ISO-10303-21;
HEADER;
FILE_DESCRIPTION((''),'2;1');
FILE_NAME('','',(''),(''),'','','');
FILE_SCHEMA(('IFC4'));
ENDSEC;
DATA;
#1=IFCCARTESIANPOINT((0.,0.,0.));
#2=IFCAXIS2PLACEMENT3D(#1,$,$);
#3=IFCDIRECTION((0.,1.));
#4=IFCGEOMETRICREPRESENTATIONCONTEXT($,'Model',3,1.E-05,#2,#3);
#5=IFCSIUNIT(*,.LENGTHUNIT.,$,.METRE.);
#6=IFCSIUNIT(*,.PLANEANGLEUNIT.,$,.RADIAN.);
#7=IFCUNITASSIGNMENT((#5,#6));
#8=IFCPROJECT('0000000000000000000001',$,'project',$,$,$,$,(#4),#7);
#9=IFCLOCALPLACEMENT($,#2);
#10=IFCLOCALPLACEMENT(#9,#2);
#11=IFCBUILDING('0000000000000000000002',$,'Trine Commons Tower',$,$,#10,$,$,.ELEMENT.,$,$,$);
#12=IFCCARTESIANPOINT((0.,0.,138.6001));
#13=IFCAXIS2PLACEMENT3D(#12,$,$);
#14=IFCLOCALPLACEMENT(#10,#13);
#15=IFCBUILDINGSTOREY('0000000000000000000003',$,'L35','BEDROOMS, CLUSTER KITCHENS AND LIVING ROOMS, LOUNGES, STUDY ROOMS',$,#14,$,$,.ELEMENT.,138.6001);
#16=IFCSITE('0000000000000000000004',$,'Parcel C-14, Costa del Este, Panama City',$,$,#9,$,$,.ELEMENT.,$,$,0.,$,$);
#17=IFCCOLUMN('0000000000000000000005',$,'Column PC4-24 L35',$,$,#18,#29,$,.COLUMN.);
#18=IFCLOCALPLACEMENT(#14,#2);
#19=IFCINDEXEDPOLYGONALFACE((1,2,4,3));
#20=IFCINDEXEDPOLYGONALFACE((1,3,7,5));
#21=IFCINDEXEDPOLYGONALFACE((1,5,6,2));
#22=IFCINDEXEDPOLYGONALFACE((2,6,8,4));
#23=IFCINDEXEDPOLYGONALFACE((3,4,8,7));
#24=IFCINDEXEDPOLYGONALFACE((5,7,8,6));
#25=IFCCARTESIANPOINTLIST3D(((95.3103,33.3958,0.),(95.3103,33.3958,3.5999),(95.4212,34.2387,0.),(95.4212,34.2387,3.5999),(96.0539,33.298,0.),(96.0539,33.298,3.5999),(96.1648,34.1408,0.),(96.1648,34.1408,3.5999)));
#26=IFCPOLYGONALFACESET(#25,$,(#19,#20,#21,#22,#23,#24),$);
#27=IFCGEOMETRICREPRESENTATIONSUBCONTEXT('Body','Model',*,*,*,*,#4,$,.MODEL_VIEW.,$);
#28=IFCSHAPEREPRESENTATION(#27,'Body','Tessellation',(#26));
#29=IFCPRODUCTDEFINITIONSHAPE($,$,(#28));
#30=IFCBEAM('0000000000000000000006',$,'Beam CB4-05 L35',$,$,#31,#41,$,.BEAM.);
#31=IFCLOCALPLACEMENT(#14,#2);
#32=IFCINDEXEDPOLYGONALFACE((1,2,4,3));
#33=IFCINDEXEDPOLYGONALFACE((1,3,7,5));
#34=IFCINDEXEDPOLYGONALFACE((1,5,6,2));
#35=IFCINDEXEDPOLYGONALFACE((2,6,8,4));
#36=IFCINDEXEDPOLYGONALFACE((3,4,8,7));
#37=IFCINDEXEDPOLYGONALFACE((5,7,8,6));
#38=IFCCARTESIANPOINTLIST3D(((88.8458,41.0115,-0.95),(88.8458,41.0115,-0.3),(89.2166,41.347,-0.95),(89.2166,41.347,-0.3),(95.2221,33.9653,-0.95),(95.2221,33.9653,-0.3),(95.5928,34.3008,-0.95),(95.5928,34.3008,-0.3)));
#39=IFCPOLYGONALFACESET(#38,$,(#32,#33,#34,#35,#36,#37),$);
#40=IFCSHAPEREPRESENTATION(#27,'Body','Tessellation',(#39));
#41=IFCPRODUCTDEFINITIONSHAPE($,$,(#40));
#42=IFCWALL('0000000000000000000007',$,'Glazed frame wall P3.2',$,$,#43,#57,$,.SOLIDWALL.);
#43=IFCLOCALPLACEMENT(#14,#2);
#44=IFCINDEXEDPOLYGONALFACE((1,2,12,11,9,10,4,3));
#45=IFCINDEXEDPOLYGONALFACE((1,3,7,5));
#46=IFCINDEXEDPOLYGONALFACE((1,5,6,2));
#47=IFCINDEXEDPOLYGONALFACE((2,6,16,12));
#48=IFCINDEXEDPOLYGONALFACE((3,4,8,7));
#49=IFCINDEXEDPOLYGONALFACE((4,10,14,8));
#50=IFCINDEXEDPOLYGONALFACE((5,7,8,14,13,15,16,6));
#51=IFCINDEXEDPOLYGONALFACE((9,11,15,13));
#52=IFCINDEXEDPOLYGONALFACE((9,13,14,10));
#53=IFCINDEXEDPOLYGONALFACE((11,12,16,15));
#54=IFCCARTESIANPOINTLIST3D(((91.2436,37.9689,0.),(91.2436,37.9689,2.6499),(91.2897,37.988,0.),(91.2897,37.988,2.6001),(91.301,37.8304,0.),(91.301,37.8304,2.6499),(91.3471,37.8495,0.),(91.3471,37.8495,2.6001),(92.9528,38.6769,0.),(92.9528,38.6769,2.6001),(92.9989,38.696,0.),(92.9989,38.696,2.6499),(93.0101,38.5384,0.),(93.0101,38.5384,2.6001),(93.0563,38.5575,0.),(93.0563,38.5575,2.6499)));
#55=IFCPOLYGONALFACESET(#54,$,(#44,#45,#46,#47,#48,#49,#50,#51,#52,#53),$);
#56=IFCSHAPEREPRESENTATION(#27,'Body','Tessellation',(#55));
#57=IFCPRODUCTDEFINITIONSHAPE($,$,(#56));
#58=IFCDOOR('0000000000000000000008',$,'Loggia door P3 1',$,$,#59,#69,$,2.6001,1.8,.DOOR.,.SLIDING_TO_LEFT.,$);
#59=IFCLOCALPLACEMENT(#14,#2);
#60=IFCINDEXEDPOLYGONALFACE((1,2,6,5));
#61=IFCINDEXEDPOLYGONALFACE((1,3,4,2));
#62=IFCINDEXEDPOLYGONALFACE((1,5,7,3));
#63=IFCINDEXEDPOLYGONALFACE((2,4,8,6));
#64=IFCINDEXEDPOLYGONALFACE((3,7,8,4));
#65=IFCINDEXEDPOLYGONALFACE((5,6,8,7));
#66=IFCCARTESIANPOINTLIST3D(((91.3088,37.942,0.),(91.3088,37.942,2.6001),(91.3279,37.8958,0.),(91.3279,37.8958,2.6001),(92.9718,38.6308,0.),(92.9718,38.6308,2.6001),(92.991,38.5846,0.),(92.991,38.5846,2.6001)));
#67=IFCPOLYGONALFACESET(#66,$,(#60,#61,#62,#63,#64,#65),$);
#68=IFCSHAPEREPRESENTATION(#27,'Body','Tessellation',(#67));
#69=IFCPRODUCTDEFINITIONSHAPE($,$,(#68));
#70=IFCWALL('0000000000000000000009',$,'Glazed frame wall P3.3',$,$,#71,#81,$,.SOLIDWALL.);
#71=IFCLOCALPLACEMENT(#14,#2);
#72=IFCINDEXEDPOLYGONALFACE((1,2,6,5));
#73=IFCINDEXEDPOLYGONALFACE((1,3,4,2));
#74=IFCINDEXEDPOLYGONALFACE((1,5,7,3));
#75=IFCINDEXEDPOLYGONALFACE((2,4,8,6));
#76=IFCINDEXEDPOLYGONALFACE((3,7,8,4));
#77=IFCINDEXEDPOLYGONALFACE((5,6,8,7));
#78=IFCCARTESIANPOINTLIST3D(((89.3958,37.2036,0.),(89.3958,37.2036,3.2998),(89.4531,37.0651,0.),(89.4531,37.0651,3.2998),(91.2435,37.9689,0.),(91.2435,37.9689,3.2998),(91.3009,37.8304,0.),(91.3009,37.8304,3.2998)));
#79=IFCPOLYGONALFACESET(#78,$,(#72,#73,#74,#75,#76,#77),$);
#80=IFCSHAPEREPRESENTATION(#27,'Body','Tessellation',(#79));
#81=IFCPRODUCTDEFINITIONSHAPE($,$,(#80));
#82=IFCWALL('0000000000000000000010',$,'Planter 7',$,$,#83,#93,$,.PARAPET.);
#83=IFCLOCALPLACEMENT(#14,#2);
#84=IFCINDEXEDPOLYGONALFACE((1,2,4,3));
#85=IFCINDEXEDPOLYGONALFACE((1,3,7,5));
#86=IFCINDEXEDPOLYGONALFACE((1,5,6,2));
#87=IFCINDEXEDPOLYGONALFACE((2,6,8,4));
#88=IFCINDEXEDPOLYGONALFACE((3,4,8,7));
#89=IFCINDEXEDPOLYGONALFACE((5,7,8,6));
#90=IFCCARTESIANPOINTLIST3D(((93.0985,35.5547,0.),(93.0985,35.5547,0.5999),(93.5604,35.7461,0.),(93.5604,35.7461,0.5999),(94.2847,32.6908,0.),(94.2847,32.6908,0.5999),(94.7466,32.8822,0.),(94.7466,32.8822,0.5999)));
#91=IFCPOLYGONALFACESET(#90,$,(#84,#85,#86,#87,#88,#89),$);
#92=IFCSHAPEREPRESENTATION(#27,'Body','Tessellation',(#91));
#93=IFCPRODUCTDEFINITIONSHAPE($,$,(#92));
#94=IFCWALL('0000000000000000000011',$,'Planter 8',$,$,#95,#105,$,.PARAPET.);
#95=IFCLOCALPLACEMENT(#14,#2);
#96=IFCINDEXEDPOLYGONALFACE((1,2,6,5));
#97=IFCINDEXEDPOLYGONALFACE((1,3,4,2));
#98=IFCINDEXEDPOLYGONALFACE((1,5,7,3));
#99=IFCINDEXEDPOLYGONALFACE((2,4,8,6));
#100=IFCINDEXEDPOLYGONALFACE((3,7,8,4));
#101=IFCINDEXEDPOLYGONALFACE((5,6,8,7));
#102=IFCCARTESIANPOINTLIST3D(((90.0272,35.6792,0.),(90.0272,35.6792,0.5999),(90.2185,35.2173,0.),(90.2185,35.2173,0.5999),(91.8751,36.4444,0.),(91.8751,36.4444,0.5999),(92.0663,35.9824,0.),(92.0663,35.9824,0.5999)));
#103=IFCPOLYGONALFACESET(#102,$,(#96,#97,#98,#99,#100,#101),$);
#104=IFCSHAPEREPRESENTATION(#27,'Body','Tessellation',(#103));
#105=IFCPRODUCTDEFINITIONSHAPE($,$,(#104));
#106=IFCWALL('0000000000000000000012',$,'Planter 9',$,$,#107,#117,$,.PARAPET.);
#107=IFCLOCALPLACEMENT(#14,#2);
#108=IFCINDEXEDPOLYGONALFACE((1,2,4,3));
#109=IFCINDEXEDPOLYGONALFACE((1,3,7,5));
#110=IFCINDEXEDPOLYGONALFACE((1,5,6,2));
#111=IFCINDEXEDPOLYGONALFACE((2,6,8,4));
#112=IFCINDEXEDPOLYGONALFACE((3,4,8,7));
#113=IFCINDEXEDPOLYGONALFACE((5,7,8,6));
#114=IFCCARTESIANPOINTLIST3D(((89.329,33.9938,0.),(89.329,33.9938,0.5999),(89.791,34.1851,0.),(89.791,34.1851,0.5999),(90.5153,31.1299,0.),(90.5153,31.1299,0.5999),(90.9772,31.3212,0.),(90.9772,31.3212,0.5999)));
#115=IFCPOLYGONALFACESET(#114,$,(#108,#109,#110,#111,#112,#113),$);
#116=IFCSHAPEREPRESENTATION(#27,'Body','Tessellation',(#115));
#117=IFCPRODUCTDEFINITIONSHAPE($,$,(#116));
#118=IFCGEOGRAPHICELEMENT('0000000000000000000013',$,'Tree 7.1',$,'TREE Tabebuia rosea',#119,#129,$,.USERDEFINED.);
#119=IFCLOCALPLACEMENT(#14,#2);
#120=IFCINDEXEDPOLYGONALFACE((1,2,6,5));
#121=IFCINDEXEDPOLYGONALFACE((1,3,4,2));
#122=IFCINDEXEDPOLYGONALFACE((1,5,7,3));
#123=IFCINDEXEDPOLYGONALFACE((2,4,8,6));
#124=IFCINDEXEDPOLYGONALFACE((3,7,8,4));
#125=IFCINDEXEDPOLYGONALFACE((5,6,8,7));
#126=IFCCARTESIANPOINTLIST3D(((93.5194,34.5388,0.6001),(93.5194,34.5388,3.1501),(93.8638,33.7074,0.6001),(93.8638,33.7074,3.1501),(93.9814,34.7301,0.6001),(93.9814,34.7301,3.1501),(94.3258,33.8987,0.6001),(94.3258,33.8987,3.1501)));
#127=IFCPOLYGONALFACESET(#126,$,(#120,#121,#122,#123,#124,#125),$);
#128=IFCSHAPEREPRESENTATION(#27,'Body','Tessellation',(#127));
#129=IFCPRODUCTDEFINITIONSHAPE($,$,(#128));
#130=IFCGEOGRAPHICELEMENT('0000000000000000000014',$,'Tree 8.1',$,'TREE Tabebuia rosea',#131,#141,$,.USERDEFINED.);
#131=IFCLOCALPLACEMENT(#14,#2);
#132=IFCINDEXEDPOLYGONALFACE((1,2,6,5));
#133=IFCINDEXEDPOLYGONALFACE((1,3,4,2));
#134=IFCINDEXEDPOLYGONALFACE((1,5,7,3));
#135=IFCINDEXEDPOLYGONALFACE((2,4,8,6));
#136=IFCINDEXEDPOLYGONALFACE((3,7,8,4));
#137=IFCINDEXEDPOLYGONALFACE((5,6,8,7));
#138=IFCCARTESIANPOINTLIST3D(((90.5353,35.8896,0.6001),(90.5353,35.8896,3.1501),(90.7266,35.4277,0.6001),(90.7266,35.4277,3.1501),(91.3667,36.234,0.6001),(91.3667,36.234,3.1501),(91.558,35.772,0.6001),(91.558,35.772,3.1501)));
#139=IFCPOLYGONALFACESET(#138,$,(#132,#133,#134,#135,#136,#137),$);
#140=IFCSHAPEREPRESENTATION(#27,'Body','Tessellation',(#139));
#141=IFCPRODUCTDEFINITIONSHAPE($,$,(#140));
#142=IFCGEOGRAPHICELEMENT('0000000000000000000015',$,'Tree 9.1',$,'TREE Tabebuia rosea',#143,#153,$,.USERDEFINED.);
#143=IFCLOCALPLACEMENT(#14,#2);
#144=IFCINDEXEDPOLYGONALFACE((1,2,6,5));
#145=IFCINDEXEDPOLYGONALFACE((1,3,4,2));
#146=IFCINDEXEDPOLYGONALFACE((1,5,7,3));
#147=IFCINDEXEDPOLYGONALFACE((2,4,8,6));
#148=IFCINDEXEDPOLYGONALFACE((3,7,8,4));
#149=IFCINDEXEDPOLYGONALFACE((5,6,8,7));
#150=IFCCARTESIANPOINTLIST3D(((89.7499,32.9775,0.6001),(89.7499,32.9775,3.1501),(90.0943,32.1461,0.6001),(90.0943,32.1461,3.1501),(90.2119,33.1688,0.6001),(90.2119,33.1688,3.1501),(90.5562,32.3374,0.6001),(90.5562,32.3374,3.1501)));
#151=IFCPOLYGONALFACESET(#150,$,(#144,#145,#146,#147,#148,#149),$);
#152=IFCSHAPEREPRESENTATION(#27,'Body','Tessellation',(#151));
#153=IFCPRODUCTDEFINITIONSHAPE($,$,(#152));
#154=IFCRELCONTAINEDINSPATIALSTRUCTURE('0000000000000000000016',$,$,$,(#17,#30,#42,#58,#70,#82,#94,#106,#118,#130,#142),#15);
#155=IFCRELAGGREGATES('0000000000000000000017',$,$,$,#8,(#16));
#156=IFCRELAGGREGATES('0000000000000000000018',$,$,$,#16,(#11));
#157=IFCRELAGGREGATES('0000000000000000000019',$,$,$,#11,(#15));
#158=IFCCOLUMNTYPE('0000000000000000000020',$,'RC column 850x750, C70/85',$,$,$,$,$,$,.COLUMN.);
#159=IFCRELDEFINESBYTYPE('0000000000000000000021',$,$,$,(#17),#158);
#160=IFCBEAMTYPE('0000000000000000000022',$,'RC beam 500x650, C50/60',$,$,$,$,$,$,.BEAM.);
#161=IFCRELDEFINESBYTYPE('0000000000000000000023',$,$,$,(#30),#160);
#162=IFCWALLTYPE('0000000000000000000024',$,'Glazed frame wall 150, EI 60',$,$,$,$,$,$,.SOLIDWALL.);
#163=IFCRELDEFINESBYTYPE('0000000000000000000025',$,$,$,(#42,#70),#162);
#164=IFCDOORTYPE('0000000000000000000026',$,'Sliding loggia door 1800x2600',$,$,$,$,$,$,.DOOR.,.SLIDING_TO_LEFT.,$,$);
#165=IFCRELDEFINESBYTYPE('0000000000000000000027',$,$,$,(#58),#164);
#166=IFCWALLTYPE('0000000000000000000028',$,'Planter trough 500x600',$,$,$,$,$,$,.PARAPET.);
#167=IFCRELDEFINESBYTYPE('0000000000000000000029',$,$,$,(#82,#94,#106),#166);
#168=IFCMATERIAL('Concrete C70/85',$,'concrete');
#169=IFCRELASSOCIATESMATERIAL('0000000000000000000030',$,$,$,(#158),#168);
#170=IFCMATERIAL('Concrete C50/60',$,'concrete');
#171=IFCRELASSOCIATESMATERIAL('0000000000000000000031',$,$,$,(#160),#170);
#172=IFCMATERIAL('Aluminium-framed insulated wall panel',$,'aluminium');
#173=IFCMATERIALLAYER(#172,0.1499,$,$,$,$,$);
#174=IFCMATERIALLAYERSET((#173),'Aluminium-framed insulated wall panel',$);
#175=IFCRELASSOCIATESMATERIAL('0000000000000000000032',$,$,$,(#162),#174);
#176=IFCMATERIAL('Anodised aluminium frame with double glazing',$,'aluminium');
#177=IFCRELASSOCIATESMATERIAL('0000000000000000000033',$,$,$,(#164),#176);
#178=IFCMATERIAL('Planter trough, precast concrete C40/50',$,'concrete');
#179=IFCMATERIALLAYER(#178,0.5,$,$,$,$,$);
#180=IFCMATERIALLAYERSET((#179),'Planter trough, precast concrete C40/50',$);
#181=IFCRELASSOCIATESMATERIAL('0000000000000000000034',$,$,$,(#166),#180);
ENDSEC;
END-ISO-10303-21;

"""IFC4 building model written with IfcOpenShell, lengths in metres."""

from ifc_helpers import new_model, si_unit, direction, frame, frame_2d, origin, origin_2d, place, context, subcontext, project, spatial, polyline, rectangle, outline, extrude, material, layer, layer_set, material_profile, profile_set, type_object, element, fill, save


model = new_model("IFC4")

# Units and contexts
model_context = context("Model", 3, precision=1e-05, world=origin(), true_north=direction((0.0, 1.0)))
body_context = subcontext(model_context, "Body", "Model", "MODEL_VIEW")
ifc_project = project(units=[si_unit("LENGTHUNIT", "METRE"), si_unit("PLANEANGLEUNIT", "RADIAN")], contexts=[model_context])

# Site, building, storey
site_placement = place(None, origin())
site = spatial("IfcSite", under=ifc_project, at=site_placement, Name="Parcel C-14, Costa del Este, Panama City", CompositionType="ELEMENT", RefElevation=0.0)
building_placement = place(site_placement, origin())
building = spatial("IfcBuilding", under=site, at=building_placement, Name="Trine Commons Tower", CompositionType="ELEMENT")
storey_placement = place(building_placement, frame((0.0, 0.0, 138.6001)))
storey = spatial("IfcBuildingStorey", under=building, at=storey_placement, Name="L35", Description="BEDROOMS, CLUSTER KITCHENS AND LIVING ROOMS, LOUNGES, STUDY ROOMS", CompositionType="ELEMENT", Elevation=138.6001)

# Column
ifc_material_1 = material(Name="Concrete C70/85", Category="concrete")
ifc_material_profile_1 = material_profile(ifc_material_1, rectangle(XDim=0.8501, YDim=0.75, at=origin_2d()), Name="RC 850x750")
ifc_profile_set_1 = profile_set([ifc_material_profile_1], Name="Concrete C70/85")
column_type = type_object("IfcColumnType", Name="RC column 850x750, C70/85", PredefinedType="COLUMN", material=ifc_profile_set_1)
column_placement = place(storey_placement, frame((95.7375, 33.7683, 0.0), z_axis=(0.0, 0.0, 1.0), x_axis=(0.130526, 0.991445, 0.0)))
element("IfcColumn", 1, at=column_placement, inside=storey, type_object=column_type, Name="Column PC4-24 L35", PredefinedType="COLUMN", context=body_context, shape_type="SweptSolid", body=[
    extrude(rectangle(XDim=0.8501, YDim=0.75, at=origin_2d()), origin(), (0.0, 0.0, 1.0), 3.5999),
])

# Beam
ifc_material_2 = material(Name="Concrete C50/60", Category="concrete")
ifc_material_profile_2 = material_profile(ifc_material_2, rectangle(XDim=0.5, YDim=0.6499, at=origin_2d()), Name="RC 500x650")
ifc_profile_set_2 = profile_set([ifc_material_profile_2], Name="Concrete C50/60")
beam_type = type_object("IfcBeamType", Name="RC beam 500x650, C50/60", PredefinedType="BEAM", material=ifc_profile_set_2)
beam_placement = place(storey_placement, frame((95.4075, 34.1331, -0.625), z_axis=(-0.670979, 0.741476, 0.0), x_axis=(-0.741476, -0.670979, 0.0)))
element("IfcBeam", 2, at=beam_placement, inside=storey, type_object=beam_type, Name="Beam CB4-05 L35", PredefinedType="BEAM", context=body_context, shape_type="SweptSolid", body=[
    extrude(rectangle(XDim=0.5, YDim=0.6499, at=origin_2d()), origin(), (0.0, 0.0, 1.0), 9.5029),
])

# Shared definitions
ifc_material_3 = material(Name="Aluminium-framed insulated wall panel", Category="aluminium")
ifc_layer_1 = layer(ifc_material_3, 0.1499)
ifc_layer_set_1 = layer_set([ifc_layer_1], Name="Aluminium-framed insulated wall panel")
wall_type_1 = type_object("IfcWallType", Name="Glazed frame wall 150, EI 60", PredefinedType="SOLIDWALL", material=ifc_layer_set_1)

# Wall, opening, door
wall_1_placement = place(storey_placement, frame((93.0276, 38.6267, 0.0), z_axis=(0.0, 0.0, 1.0), x_axis=(-0.923888, -0.382662, 0.0)))
wall_1 = element("IfcWall", 3, at=wall_1_placement, inside=storey, type_object=wall_type_1, Name="Glazed frame wall P3.2", PredefinedType="SOLIDWALL", context=body_context, shape_type="SweptSolid", body=[
    extrude(outline(polyline([(0.0, -0.075), (1.8999, -0.075), (1.8999, 0.075), (0.0, 0.075), (0.0, -0.075)])), origin(), (0.0, 0.0, 1.0), 2.6499),
])
opening_placement = place(wall_1_placement, frame((0.05, 0.0, 0.0)))
opening = element("IfcOpeningElement", 4, at=opening_placement, cuts=wall_1, PredefinedType="OPENING", context=body_context, shape_type="SweptSolid", body=[
    extrude(rectangle(XDim=1.8, YDim=2.6001, at=frame_2d((0.8999, 1.3))), frame((0.0, 0.085, 0.0), z_axis=(0.0, -1.0, 0.0), x_axis=(1.0, 0.0, 0.0)), (0.0, 0.0, 1.0), 0.1699),
])
ifc_material_4 = material(Name="Anodised aluminium frame with double glazing", Category="aluminium")
door_type = type_object("IfcDoorType", Name="Sliding loggia door 1800x2600", OperationType="SLIDING_TO_LEFT", PredefinedType="DOOR", material=ifc_material_4)
door_placement = place(opening_placement, origin())
door = element("IfcDoor", 5, at=door_placement, inside=storey, type_object=door_type, Name="Loggia door P3 1", OperationType="SLIDING_TO_LEFT", OverallHeight=2.6001, OverallWidth=1.8, PredefinedType="DOOR", context=body_context, shape_type="SweptSolid", body=[
    extrude(rectangle(XDim=1.8, YDim=2.6001, at=frame_2d((0.8999, 1.3))), frame((0.0, 0.0249, 0.0), z_axis=(0.0, -1.0, 0.0), x_axis=(1.0, 0.0, 0.0)), (0.0, 0.0, 1.0), 0.05),
])
fill(opening, door)

# Walls
wall_2_placement = place(storey_placement, frame((91.2722, 37.8997, 0.0), z_axis=(0.0, 0.0, 1.0), x_axis=(-0.923887, -0.382664, 0.0)))
element("IfcWall", 6, at=wall_2_placement, inside=storey, type_object=wall_type_1, Name="Glazed frame wall P3.3", PredefinedType="SOLIDWALL", context=body_context, shape_type="SweptSolid", body=[
    extrude(outline(polyline([(0.0, -0.075), (2.0, -0.075), (2.0, 0.075), (0.0, 0.075), (0.0, -0.075)])), origin(), (0.0, 0.0, 1.0), 3.2998),
])
ifc_material_5 = material(Name="Planter trough, precast concrete C40/50", Category="concrete")
ifc_layer_2 = layer(ifc_material_5, 0.5)
ifc_layer_set_2 = layer_set([ifc_layer_2], Name="Planter trough, precast concrete C40/50")
wall_type_2 = type_object("IfcWallType", Name="Planter trough 500x600", PredefinedType="PARAPET", material=ifc_layer_set_2)
wall_3_placement = place(storey_placement, frame((94.5156, 32.7866, 0.0), z_axis=(0.0, 0.0, 1.0), x_axis=(-0.382674, 0.923883, 0.0)))
element("IfcWall", 7, at=wall_3_placement, inside=storey, type_object=wall_type_2, Name="Planter 7", PredefinedType="PARAPET", context=body_context, shape_type="SweptSolid", body=[
    extrude(rectangle(XDim=3.0999, YDim=0.5, at=frame_2d((1.5498, 0.0))), origin(), (0.0, 0.0, 1.0), 0.5999),
])
wall_4_placement = place(storey_placement, frame((91.9707, 36.2134, 0.0), z_axis=(0.0, 0.0, 1.0), x_axis=(-0.923931, -0.38256, 0.0)))
element("IfcWall", 8, at=wall_4_placement, inside=storey, type_object=wall_type_2, Name="Planter 8", PredefinedType="PARAPET", context=body_context, shape_type="SweptSolid", body=[
    extrude(rectangle(XDim=2.0, YDim=0.5, at=frame_2d((1.0, 0.0))), origin(), (0.0, 0.0, 1.0), 0.5999),
])
wall_5_placement = place(storey_placement, frame((89.5601, 34.0894, 0.0), z_axis=(0.0, 0.0, 1.0), x_axis=(0.382674, -0.923883, 0.0)))
element("IfcWall", 9, at=wall_5_placement, inside=storey, type_object=wall_type_2, Name="Planter 9", PredefinedType="PARAPET", context=body_context, shape_type="SweptSolid", body=[
    extrude(rectangle(XDim=3.0999, YDim=0.5, at=frame_2d((1.5498, 0.0))), origin(), (0.0, 0.0, 1.0), 0.5999),
])

# Geographic elements
for number, where, z_axis, x_axis, name in (
    (10, (93.9226, 34.2188, 0.6001), (0.0, 0.0, 1.0), (-0.382695, 0.923875, 0.0), "Tree 7.1"),
    (11, (91.0466, 35.8308, 0.6001), (0.0, 0.0, 1.0), (-0.923878, -0.382688, 0.0), "Tree 8.1"),
    (12, (90.1531, 32.6575, 0.6001), (0.0, 0.0, 1.0), (0.382695, -0.923875, 0.0), "Tree 9.1"),
):
    element("IfcGeographicElement", number, at=place(storey_placement, frame(where, z_axis=z_axis, x_axis=x_axis)), inside=storey, Name=name, ObjectType="TREE Tabebuia rosea", PredefinedType="USERDEFINED", context=body_context, shape_type="SweptSolid", body=[
        extrude(rectangle(XDim=0.8999, YDim=0.5, at=origin_2d()), origin(), (0.0, 0.0, 1.0), 2.55),
    ])

save(model, "model.ifc")
